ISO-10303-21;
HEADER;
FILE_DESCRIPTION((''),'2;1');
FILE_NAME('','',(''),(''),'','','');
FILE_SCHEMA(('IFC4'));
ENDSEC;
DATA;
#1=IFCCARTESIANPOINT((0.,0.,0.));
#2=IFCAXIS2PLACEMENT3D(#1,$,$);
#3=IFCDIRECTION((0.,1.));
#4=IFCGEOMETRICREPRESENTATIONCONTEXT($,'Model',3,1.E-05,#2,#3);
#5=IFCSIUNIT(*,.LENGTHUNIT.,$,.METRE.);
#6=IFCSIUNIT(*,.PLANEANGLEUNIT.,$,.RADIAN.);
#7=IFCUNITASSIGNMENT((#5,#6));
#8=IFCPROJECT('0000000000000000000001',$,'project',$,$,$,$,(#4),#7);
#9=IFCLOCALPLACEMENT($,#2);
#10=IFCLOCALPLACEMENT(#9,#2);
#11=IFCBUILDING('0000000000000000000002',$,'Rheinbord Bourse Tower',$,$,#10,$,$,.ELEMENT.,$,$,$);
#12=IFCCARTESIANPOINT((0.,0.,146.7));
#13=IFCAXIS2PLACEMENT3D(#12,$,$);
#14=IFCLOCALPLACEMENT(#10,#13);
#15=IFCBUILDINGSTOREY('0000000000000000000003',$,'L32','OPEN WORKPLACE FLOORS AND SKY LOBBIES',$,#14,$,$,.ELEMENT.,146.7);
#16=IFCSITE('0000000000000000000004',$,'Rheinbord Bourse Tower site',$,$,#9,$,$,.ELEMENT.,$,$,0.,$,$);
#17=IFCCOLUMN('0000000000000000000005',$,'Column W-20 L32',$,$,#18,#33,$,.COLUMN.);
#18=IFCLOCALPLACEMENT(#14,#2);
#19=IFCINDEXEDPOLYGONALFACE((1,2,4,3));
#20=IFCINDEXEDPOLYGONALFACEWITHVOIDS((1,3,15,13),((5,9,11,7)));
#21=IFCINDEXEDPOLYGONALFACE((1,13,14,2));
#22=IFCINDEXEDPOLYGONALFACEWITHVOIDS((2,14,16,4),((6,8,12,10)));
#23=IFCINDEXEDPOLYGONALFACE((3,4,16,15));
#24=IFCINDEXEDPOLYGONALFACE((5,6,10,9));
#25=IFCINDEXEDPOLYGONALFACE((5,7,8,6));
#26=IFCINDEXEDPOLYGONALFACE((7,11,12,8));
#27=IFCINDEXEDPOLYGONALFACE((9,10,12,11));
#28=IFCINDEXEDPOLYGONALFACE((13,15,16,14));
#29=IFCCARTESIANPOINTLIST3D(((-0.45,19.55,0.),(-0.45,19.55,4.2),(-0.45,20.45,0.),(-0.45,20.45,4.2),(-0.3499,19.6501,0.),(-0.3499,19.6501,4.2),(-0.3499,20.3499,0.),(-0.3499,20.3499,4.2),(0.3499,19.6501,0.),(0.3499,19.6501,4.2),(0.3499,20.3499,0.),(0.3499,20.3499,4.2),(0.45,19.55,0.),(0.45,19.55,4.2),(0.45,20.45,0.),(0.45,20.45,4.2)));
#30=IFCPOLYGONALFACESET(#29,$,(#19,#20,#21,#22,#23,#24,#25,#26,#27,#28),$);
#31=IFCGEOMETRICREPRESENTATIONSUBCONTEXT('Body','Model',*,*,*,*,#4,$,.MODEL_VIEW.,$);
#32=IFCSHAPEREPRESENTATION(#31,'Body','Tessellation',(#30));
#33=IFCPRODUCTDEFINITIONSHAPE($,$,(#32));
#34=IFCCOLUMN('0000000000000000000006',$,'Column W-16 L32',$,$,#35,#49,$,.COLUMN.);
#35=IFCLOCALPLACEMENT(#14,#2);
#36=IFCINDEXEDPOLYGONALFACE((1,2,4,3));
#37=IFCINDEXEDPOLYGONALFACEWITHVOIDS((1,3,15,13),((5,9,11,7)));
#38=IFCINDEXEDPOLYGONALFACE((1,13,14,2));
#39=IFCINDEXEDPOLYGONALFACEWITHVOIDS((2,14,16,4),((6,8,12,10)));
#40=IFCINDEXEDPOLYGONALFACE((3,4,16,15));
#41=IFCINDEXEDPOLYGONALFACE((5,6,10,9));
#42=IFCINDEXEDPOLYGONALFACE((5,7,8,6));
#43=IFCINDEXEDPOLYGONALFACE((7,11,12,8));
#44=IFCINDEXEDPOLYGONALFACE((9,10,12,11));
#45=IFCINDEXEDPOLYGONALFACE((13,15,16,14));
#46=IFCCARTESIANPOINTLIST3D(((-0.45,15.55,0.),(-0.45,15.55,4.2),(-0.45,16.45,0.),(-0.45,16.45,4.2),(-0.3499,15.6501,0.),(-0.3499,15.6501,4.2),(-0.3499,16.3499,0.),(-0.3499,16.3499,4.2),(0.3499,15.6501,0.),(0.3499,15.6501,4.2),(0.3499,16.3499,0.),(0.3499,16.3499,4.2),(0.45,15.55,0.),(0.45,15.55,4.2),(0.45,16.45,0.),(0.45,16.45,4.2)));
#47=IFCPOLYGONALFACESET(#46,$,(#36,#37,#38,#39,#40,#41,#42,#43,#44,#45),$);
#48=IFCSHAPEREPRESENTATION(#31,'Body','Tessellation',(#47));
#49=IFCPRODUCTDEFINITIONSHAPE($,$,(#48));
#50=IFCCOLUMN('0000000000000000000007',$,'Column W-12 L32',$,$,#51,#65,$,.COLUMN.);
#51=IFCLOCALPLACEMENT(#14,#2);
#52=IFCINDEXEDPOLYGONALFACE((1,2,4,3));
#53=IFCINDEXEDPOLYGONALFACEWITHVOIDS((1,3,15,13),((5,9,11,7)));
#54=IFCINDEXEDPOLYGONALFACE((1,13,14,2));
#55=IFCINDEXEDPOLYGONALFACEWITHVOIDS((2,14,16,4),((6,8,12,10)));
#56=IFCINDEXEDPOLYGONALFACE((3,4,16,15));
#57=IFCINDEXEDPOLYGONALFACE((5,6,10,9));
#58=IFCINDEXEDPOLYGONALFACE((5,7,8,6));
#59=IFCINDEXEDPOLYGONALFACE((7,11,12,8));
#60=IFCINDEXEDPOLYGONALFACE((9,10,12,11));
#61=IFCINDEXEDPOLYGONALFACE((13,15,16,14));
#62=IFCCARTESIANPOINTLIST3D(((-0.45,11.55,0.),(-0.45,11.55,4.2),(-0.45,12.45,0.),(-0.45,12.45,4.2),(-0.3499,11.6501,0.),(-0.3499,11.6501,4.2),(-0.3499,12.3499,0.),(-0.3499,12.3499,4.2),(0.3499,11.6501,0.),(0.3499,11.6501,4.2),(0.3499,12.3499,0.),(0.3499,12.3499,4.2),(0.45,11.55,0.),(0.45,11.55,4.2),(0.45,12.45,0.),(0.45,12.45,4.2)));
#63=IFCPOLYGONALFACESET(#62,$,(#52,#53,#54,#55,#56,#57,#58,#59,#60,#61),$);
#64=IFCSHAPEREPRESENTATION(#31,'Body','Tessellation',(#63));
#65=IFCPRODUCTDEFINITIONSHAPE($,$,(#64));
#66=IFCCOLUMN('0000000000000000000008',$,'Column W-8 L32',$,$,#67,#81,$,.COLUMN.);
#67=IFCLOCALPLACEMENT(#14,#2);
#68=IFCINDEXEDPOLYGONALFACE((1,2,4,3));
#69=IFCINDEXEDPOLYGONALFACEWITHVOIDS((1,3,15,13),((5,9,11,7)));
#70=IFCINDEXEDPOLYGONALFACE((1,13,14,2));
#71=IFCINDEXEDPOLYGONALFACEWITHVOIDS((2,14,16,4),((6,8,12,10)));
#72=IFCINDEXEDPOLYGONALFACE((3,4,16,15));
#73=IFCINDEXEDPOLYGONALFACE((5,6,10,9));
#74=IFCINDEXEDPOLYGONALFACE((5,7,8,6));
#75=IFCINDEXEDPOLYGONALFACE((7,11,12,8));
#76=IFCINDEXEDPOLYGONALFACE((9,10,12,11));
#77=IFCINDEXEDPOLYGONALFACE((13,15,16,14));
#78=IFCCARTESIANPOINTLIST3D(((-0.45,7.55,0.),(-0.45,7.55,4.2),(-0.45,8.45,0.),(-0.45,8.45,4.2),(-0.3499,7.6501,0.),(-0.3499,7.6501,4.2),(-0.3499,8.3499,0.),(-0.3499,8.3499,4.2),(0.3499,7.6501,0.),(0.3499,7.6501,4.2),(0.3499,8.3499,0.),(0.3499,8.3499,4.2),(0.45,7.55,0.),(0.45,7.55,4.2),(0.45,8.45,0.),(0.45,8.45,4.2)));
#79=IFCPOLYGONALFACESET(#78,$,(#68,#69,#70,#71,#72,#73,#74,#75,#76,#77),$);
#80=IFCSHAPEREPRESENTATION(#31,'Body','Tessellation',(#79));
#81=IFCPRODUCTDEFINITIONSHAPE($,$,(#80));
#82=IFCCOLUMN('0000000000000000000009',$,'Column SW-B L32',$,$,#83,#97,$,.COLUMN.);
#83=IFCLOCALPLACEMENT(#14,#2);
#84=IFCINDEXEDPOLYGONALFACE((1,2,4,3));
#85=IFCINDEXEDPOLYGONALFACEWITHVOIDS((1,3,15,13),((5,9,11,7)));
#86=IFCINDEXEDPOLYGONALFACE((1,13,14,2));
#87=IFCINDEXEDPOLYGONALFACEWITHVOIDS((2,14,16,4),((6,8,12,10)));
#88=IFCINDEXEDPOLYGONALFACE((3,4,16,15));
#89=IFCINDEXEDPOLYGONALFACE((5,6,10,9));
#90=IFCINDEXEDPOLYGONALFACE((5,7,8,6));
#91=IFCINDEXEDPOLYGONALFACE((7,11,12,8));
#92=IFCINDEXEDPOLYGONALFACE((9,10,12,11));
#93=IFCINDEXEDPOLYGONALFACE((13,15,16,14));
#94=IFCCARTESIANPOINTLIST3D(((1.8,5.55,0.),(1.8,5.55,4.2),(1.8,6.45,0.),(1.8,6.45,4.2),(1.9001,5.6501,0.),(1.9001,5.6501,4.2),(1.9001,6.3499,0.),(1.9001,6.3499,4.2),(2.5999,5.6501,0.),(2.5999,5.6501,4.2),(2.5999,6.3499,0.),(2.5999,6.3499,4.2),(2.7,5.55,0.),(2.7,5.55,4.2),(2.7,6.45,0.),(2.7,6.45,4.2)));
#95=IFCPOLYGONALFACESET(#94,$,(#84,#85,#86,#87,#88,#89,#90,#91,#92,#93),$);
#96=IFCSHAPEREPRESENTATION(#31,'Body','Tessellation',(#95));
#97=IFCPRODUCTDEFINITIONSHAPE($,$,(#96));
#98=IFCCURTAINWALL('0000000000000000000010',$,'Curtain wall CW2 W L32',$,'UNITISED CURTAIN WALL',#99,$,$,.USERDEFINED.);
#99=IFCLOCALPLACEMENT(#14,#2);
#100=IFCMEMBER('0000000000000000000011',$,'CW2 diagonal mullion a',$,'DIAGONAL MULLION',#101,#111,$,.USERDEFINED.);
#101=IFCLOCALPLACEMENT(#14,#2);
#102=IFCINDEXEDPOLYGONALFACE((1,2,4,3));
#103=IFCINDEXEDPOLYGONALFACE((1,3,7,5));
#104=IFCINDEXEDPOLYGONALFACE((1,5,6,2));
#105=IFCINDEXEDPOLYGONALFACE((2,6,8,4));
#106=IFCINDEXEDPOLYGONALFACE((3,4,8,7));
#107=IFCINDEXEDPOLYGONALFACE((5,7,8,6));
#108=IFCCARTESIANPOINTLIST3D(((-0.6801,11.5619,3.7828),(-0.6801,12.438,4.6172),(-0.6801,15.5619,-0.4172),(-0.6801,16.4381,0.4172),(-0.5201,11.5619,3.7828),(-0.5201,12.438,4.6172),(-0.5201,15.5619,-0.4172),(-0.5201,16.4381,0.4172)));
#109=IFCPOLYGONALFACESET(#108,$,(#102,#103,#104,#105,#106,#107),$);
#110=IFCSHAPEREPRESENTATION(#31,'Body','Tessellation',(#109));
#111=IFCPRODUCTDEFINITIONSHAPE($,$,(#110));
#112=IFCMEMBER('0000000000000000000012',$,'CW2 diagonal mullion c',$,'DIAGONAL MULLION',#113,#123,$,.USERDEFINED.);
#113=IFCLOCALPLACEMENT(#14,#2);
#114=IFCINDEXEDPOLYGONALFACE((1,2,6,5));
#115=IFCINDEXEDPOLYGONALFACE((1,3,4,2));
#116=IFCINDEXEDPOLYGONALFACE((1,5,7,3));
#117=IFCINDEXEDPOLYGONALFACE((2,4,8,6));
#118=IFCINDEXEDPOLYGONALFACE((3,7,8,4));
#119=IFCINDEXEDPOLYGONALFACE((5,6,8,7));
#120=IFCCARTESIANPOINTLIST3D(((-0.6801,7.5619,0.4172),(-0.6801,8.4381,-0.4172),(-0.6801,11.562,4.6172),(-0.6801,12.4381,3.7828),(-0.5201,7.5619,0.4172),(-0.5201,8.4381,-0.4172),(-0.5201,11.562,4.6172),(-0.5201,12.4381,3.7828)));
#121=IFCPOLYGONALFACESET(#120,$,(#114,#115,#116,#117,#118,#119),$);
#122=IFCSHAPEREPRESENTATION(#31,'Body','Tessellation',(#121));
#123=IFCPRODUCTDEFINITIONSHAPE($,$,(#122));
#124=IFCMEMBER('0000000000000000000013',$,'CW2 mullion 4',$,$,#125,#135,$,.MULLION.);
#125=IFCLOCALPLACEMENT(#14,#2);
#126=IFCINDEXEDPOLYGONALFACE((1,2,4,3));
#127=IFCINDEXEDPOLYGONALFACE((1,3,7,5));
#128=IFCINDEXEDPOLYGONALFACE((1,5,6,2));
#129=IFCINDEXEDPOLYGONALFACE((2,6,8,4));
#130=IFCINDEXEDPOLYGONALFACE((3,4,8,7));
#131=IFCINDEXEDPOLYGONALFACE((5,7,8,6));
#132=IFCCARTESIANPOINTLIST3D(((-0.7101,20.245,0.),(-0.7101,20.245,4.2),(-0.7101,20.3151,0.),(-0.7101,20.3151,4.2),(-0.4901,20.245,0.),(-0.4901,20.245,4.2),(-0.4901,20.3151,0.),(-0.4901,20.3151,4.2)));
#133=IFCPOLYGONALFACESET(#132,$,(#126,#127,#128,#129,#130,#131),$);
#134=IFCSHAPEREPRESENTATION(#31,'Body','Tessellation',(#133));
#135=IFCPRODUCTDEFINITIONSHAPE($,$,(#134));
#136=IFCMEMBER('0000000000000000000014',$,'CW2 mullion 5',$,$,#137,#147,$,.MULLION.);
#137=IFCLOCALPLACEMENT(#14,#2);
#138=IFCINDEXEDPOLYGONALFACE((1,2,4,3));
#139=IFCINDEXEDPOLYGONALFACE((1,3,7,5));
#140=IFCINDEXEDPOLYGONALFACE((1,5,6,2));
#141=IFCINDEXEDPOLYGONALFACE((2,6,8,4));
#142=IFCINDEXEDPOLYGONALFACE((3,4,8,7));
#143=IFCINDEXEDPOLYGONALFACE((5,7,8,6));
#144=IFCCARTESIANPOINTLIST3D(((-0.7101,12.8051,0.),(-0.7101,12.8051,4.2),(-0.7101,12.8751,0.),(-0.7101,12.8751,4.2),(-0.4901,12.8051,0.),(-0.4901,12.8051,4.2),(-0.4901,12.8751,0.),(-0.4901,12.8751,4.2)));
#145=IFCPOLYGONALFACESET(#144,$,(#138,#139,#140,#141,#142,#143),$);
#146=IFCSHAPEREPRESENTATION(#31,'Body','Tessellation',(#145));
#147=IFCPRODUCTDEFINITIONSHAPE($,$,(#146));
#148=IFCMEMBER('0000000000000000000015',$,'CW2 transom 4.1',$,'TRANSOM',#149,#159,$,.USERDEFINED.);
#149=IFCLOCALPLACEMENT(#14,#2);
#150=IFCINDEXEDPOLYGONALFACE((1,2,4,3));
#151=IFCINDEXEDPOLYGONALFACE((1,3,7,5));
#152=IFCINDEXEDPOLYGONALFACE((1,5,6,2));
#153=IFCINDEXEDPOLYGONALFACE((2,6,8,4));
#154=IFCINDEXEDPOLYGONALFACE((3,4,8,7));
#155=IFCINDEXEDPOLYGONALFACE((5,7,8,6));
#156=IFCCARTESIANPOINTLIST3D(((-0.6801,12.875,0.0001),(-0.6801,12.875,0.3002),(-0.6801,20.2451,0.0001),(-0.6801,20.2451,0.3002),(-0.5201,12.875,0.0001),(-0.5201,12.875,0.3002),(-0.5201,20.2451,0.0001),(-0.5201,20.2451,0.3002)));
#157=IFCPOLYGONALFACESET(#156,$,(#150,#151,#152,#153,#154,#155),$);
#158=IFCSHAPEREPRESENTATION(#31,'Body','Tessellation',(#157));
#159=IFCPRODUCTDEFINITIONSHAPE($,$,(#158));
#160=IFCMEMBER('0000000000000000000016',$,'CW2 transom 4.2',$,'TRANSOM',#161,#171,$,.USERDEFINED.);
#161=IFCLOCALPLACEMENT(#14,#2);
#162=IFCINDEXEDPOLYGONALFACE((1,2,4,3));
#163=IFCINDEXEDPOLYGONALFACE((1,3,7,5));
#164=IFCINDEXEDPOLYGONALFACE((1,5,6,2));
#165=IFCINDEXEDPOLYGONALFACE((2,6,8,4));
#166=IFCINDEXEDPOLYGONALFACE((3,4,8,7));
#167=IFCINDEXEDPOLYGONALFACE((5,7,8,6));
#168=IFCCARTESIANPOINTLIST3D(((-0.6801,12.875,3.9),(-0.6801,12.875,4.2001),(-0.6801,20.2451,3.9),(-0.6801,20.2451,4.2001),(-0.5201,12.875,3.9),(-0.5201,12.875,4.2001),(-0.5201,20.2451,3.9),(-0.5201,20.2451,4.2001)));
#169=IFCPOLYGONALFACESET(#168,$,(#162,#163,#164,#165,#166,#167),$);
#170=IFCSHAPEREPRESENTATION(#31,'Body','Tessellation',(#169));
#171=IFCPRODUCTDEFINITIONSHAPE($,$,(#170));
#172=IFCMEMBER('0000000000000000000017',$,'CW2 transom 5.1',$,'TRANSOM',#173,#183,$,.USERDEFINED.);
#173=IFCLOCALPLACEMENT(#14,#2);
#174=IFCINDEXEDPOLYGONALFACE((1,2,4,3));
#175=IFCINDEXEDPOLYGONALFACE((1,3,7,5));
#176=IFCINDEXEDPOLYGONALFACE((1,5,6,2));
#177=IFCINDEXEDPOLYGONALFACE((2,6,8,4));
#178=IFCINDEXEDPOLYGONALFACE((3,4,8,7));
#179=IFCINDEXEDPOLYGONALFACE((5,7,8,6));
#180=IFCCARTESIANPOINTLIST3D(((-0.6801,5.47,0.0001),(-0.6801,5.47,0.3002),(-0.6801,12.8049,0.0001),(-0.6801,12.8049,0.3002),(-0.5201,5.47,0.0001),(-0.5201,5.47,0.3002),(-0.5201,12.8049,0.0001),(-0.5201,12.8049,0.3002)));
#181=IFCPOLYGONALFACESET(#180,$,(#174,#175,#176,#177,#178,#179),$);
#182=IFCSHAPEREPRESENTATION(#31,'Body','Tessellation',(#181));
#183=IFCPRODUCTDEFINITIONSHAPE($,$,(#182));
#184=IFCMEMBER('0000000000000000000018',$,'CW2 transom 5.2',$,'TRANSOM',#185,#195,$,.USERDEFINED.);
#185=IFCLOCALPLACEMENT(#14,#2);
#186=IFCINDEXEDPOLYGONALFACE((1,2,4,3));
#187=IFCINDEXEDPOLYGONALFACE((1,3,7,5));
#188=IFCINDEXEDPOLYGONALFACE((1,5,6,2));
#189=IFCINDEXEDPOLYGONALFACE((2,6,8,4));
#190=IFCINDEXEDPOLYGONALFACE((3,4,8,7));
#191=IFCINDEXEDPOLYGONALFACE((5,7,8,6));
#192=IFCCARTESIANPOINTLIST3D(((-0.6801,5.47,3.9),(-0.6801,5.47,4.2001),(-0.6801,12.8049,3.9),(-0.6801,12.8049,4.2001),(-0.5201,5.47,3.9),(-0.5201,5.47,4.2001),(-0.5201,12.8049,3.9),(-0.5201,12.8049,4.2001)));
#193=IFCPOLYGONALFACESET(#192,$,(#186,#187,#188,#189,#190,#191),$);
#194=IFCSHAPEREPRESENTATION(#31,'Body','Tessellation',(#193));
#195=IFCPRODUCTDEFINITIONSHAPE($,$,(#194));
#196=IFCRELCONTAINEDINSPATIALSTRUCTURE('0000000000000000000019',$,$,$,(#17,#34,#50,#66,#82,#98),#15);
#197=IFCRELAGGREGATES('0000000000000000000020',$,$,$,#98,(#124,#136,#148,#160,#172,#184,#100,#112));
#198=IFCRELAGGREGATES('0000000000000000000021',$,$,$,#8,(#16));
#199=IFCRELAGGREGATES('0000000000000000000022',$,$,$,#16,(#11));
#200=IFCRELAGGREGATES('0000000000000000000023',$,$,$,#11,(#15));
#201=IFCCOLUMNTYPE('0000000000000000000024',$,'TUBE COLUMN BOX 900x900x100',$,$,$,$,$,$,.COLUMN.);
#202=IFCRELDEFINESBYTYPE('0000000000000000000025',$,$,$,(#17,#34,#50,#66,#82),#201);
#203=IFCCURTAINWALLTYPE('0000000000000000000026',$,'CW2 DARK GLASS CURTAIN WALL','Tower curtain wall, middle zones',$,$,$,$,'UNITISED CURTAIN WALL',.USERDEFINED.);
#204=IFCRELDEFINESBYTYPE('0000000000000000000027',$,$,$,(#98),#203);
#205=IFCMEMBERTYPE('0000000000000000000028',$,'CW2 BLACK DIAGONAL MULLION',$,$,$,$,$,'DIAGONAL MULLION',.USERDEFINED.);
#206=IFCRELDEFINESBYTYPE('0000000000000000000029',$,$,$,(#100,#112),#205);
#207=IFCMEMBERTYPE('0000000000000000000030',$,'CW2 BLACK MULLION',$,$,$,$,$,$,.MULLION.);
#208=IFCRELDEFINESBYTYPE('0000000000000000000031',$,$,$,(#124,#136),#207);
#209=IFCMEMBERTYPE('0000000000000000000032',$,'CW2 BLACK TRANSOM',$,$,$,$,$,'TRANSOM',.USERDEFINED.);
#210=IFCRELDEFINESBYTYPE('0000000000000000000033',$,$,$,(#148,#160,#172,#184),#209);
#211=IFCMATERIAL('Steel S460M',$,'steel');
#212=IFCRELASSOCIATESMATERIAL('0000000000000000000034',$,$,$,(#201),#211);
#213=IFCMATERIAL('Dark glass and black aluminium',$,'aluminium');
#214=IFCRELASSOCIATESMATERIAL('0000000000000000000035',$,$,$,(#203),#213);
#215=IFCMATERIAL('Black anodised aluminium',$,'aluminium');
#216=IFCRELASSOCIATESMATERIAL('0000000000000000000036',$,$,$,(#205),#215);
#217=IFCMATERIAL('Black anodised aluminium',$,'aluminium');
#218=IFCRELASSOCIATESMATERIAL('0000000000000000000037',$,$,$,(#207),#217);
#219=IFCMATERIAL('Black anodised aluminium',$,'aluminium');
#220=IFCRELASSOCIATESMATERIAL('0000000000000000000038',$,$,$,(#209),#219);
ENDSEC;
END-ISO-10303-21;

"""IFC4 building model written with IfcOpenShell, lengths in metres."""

from ifc_helpers import new_model, si_unit, direction, frame, origin, origin_2d, place, context, subcontext, project, spatial, rectangle, hollow_rectangle, extrude, material, material_profile, profile_set, type_object, element, aggregate, save


model = new_model("IFC4")

# Units and contexts
model_context = context("Model", 3, precision=1e-05, world=origin(), true_north=direction((0.0, 1.0)))
body_context = subcontext(model_context, "Body", "Model", "MODEL_VIEW")
ifc_project = project(units=[si_unit("LENGTHUNIT", "METRE"), si_unit("PLANEANGLEUNIT", "RADIAN")], contexts=[model_context])

# Site, building, storey
site_placement = place(None, origin())
site = spatial("IfcSite", under=ifc_project, at=site_placement, Name="Rheinbord Bourse Tower site", CompositionType="ELEMENT", RefElevation=0.0)
building_placement = place(site_placement, origin())
building = spatial("IfcBuilding", under=site, at=building_placement, Name="Rheinbord Bourse Tower", CompositionType="ELEMENT")
storey_placement = place(building_placement, frame((0.0, 0.0, 146.7)))
storey = spatial("IfcBuildingStorey", under=building, at=storey_placement, Name="L32", Description="OPEN WORKPLACE FLOORS AND SKY LOBBIES", CompositionType="ELEMENT", Elevation=146.7)

# Columns
ifc_material_1 = material(Name="Steel S460M", Category="steel")
ifc_material_profile_1 = material_profile(ifc_material_1, hollow_rectangle(XDim=0.8999, YDim=0.8999, WallThickness=0.1001, at=origin_2d()), Name="BOX 900x900x100")
ifc_profile_set_1 = profile_set([ifc_material_profile_1], Name="Steel S460M")
column_type = type_object("IfcColumnType", Name="TUBE COLUMN BOX 900x900x100", PredefinedType="COLUMN", material=ifc_profile_set_1)
for number, where, z_axis, x_axis, name in (
    (1, (0.0, 20.0, 0.0), (0.0, 0.0, 1.0), (1.0, 0.0, 0.0), "Column W-20 L32"),
    (2, (0.0, 16.0, 0.0), (0.0, 0.0, 1.0), (1.0, 0.0, 0.0), "Column W-16 L32"),
    (3, (0.0, 12.0, 0.0), (0.0, 0.0, 1.0), (1.0, 0.0, 0.0), "Column W-12 L32"),
    (4, (0.0, 8.0, 0.0), (0.0, 0.0, 1.0), (1.0, 0.0, 0.0), "Column W-8 L32"),
    (5, (2.25, 6.0, 0.0), (0.0, 0.0, 1.0), (1.0, 0.0, 0.0), "Column SW-B L32"),
):
    element("IfcColumn", number, at=place(storey_placement, frame(where, z_axis=z_axis, x_axis=x_axis)), inside=storey, type_object=column_type, Name=name, PredefinedType="COLUMN", context=body_context, shape_type="SweptSolid", body=[
        extrude(hollow_rectangle(XDim=0.8999, YDim=0.8999, WallThickness=0.1001, at=origin_2d()), origin(), (0.0, 0.0, 1.0), 4.2),
    ])

# Curtain wall, members
ifc_material_2 = material(Name="Dark glass and black aluminium", Category="aluminium")
curtain_wall_type = type_object("IfcCurtainWallType", Name="CW2 DARK GLASS CURTAIN WALL", Description="Tower curtain wall, middle zones", ElementType="UNITISED CURTAIN WALL", PredefinedType="USERDEFINED", material=ifc_material_2)
curtain_wall_placement = place(storey_placement, origin())
curtain_wall = element("IfcCurtainWall", 6, at=curtain_wall_placement, inside=storey, type_object=curtain_wall_type, Name="Curtain wall CW2 W L32", ObjectType="UNITISED CURTAIN WALL", PredefinedType="USERDEFINED")
ifc_material_3 = material(Name="Black anodised aluminium", Category="aluminium")
ifc_material_profile_2 = material_profile(ifc_material_3, rectangle(XDim=0.1599, YDim=1.21, at=origin_2d()), Name="CW2 DIAGONAL MULLION 1210x160")
ifc_profile_set_2 = profile_set([ifc_material_profile_2], Name="Black anodised aluminium")
member_type_1 = type_object("IfcMemberType", Name="CW2 BLACK DIAGONAL MULLION", ElementType="DIAGONAL MULLION", PredefinedType="USERDEFINED", material=ifc_profile_set_2)
member_1_placement = place(storey_placement, frame((-0.6001, 16.0, 0.0), z_axis=(0.0, -0.689659, 0.724134), x_axis=(1.0, 0.0, 0.0)))
member_1 = element("IfcMember", 7, at=member_1_placement, type_object=member_type_1, Name="CW2 diagonal mullion a", ObjectType="DIAGONAL MULLION", PredefinedType="USERDEFINED", context=body_context, shape_type="SweptSolid", body=[
    extrude(rectangle(XDim=0.1599, YDim=1.21, at=origin_2d()), origin(), (0.0, 0.0, 1.0), 5.8),
])
member_2_placement = place(storey_placement, frame((-0.6001, 8.0, 0.0), z_axis=(0.0, 0.689659, 0.724134), x_axis=(-1.0, 0.0, 0.0)))
member_2 = element("IfcMember", 8, at=member_2_placement, type_object=member_type_1, Name="CW2 diagonal mullion c", ObjectType="DIAGONAL MULLION", PredefinedType="USERDEFINED", context=body_context, shape_type="SweptSolid", body=[
    extrude(rectangle(XDim=0.1599, YDim=1.21, at=origin_2d()), origin(), (0.0, 0.0, 1.0), 5.8),
])
ifc_material_4 = material(Name="Black anodised aluminium", Category="aluminium")
ifc_material_profile_3 = material_profile(ifc_material_4, rectangle(XDim=0.22, YDim=0.0701, at=origin_2d()), Name="CW2 MULLION 70x220")
ifc_profile_set_3 = profile_set([ifc_material_profile_3], Name="Black anodised aluminium")
member_type_2 = type_object("IfcMemberType", Name="CW2 BLACK MULLION", PredefinedType="MULLION", material=ifc_profile_set_3)
member_3_placement = place(storey_placement, frame((-0.6001, 20.28, 0.0), z_axis=(0.0, 0.0, 1.0), x_axis=(1.0, 0.0, 0.0)))
member_3 = element("IfcMember", 9, at=member_3_placement, type_object=member_type_2, Name="CW2 mullion 4", PredefinedType="MULLION", context=body_context, shape_type="SweptSolid", body=[
    extrude(rectangle(XDim=0.22, YDim=0.0701, at=origin_2d()), origin(), (0.0, 0.0, 1.0), 4.2),
])
member_4_placement = place(storey_placement, frame((-0.6001, 12.8401, 0.0), z_axis=(0.0, 0.0, 1.0), x_axis=(1.0, 0.0, 0.0)))
member_4 = element("IfcMember", 10, at=member_4_placement, type_object=member_type_2, Name="CW2 mullion 5", PredefinedType="MULLION", context=body_context, shape_type="SweptSolid", body=[
    extrude(rectangle(XDim=0.22, YDim=0.0701, at=origin_2d()), origin(), (0.0, 0.0, 1.0), 4.2),
])
ifc_material_5 = material(Name="Black anodised aluminium", Category="aluminium")
ifc_material_profile_4 = material_profile(ifc_material_5, rectangle(XDim=0.1599, YDim=0.3, at=origin_2d()), Name="CW2 TRANSOM 300x160")
ifc_profile_set_4 = profile_set([ifc_material_profile_4], Name="Black anodised aluminium")
member_type_3 = type_object("IfcMemberType", Name="CW2 BLACK TRANSOM", ElementType="TRANSOM", PredefinedType="USERDEFINED", material=ifc_profile_set_4)
member_5_placement = place(storey_placement, frame((-0.6001, 20.2451, 0.1501), z_axis=(0.0, -1.0, 0.0), x_axis=(1.0, 0.0, 0.0)))
member_5 = element("IfcMember", 11, at=member_5_placement, type_object=member_type_3, Name="CW2 transom 4.1", ObjectType="TRANSOM", PredefinedType="USERDEFINED", context=body_context, shape_type="SweptSolid", body=[
    extrude(rectangle(XDim=0.1599, YDim=0.3, at=origin_2d()), origin(), (0.0, 0.0, 1.0), 7.3701),
])
member_6_placement = place(storey_placement, frame((-0.6001, 20.2451, 4.05), z_axis=(0.0, -1.0, 0.0), x_axis=(1.0, 0.0, 0.0)))
member_6 = element("IfcMember", 12, at=member_6_placement, type_object=member_type_3, Name="CW2 transom 4.2", ObjectType="TRANSOM", PredefinedType="USERDEFINED", context=body_context, shape_type="SweptSolid", body=[
    extrude(rectangle(XDim=0.1599, YDim=0.3, at=origin_2d()), origin(), (0.0, 0.0, 1.0), 7.3701),
])
member_7_placement = place(storey_placement, frame((-0.6001, 12.8049, 0.1501), z_axis=(0.0, -1.0, 0.0), x_axis=(1.0, 0.0, 0.0)))
member_7 = element("IfcMember", 13, at=member_7_placement, type_object=member_type_3, Name="CW2 transom 5.1", ObjectType="TRANSOM", PredefinedType="USERDEFINED", context=body_context, shape_type="SweptSolid", body=[
    extrude(rectangle(XDim=0.1599, YDim=0.3, at=origin_2d()), origin(), (0.0, 0.0, 1.0), 7.335),
])
member_8_placement = place(storey_placement, frame((-0.6001, 12.8049, 4.05), z_axis=(0.0, -1.0, 0.0), x_axis=(1.0, 0.0, 0.0)))
member_8 = element("IfcMember", 14, at=member_8_placement, type_object=member_type_3, Name="CW2 transom 5.2", ObjectType="TRANSOM", PredefinedType="USERDEFINED", context=body_context, shape_type="SweptSolid", body=[
    extrude(rectangle(XDim=0.1599, YDim=0.3, at=origin_2d()), origin(), (0.0, 0.0, 1.0), 7.335),
])

aggregate(curtain_wall, [member_3, member_4, member_5, member_6, member_7, member_8, member_1, member_2])

save(model, "model.ifc")
